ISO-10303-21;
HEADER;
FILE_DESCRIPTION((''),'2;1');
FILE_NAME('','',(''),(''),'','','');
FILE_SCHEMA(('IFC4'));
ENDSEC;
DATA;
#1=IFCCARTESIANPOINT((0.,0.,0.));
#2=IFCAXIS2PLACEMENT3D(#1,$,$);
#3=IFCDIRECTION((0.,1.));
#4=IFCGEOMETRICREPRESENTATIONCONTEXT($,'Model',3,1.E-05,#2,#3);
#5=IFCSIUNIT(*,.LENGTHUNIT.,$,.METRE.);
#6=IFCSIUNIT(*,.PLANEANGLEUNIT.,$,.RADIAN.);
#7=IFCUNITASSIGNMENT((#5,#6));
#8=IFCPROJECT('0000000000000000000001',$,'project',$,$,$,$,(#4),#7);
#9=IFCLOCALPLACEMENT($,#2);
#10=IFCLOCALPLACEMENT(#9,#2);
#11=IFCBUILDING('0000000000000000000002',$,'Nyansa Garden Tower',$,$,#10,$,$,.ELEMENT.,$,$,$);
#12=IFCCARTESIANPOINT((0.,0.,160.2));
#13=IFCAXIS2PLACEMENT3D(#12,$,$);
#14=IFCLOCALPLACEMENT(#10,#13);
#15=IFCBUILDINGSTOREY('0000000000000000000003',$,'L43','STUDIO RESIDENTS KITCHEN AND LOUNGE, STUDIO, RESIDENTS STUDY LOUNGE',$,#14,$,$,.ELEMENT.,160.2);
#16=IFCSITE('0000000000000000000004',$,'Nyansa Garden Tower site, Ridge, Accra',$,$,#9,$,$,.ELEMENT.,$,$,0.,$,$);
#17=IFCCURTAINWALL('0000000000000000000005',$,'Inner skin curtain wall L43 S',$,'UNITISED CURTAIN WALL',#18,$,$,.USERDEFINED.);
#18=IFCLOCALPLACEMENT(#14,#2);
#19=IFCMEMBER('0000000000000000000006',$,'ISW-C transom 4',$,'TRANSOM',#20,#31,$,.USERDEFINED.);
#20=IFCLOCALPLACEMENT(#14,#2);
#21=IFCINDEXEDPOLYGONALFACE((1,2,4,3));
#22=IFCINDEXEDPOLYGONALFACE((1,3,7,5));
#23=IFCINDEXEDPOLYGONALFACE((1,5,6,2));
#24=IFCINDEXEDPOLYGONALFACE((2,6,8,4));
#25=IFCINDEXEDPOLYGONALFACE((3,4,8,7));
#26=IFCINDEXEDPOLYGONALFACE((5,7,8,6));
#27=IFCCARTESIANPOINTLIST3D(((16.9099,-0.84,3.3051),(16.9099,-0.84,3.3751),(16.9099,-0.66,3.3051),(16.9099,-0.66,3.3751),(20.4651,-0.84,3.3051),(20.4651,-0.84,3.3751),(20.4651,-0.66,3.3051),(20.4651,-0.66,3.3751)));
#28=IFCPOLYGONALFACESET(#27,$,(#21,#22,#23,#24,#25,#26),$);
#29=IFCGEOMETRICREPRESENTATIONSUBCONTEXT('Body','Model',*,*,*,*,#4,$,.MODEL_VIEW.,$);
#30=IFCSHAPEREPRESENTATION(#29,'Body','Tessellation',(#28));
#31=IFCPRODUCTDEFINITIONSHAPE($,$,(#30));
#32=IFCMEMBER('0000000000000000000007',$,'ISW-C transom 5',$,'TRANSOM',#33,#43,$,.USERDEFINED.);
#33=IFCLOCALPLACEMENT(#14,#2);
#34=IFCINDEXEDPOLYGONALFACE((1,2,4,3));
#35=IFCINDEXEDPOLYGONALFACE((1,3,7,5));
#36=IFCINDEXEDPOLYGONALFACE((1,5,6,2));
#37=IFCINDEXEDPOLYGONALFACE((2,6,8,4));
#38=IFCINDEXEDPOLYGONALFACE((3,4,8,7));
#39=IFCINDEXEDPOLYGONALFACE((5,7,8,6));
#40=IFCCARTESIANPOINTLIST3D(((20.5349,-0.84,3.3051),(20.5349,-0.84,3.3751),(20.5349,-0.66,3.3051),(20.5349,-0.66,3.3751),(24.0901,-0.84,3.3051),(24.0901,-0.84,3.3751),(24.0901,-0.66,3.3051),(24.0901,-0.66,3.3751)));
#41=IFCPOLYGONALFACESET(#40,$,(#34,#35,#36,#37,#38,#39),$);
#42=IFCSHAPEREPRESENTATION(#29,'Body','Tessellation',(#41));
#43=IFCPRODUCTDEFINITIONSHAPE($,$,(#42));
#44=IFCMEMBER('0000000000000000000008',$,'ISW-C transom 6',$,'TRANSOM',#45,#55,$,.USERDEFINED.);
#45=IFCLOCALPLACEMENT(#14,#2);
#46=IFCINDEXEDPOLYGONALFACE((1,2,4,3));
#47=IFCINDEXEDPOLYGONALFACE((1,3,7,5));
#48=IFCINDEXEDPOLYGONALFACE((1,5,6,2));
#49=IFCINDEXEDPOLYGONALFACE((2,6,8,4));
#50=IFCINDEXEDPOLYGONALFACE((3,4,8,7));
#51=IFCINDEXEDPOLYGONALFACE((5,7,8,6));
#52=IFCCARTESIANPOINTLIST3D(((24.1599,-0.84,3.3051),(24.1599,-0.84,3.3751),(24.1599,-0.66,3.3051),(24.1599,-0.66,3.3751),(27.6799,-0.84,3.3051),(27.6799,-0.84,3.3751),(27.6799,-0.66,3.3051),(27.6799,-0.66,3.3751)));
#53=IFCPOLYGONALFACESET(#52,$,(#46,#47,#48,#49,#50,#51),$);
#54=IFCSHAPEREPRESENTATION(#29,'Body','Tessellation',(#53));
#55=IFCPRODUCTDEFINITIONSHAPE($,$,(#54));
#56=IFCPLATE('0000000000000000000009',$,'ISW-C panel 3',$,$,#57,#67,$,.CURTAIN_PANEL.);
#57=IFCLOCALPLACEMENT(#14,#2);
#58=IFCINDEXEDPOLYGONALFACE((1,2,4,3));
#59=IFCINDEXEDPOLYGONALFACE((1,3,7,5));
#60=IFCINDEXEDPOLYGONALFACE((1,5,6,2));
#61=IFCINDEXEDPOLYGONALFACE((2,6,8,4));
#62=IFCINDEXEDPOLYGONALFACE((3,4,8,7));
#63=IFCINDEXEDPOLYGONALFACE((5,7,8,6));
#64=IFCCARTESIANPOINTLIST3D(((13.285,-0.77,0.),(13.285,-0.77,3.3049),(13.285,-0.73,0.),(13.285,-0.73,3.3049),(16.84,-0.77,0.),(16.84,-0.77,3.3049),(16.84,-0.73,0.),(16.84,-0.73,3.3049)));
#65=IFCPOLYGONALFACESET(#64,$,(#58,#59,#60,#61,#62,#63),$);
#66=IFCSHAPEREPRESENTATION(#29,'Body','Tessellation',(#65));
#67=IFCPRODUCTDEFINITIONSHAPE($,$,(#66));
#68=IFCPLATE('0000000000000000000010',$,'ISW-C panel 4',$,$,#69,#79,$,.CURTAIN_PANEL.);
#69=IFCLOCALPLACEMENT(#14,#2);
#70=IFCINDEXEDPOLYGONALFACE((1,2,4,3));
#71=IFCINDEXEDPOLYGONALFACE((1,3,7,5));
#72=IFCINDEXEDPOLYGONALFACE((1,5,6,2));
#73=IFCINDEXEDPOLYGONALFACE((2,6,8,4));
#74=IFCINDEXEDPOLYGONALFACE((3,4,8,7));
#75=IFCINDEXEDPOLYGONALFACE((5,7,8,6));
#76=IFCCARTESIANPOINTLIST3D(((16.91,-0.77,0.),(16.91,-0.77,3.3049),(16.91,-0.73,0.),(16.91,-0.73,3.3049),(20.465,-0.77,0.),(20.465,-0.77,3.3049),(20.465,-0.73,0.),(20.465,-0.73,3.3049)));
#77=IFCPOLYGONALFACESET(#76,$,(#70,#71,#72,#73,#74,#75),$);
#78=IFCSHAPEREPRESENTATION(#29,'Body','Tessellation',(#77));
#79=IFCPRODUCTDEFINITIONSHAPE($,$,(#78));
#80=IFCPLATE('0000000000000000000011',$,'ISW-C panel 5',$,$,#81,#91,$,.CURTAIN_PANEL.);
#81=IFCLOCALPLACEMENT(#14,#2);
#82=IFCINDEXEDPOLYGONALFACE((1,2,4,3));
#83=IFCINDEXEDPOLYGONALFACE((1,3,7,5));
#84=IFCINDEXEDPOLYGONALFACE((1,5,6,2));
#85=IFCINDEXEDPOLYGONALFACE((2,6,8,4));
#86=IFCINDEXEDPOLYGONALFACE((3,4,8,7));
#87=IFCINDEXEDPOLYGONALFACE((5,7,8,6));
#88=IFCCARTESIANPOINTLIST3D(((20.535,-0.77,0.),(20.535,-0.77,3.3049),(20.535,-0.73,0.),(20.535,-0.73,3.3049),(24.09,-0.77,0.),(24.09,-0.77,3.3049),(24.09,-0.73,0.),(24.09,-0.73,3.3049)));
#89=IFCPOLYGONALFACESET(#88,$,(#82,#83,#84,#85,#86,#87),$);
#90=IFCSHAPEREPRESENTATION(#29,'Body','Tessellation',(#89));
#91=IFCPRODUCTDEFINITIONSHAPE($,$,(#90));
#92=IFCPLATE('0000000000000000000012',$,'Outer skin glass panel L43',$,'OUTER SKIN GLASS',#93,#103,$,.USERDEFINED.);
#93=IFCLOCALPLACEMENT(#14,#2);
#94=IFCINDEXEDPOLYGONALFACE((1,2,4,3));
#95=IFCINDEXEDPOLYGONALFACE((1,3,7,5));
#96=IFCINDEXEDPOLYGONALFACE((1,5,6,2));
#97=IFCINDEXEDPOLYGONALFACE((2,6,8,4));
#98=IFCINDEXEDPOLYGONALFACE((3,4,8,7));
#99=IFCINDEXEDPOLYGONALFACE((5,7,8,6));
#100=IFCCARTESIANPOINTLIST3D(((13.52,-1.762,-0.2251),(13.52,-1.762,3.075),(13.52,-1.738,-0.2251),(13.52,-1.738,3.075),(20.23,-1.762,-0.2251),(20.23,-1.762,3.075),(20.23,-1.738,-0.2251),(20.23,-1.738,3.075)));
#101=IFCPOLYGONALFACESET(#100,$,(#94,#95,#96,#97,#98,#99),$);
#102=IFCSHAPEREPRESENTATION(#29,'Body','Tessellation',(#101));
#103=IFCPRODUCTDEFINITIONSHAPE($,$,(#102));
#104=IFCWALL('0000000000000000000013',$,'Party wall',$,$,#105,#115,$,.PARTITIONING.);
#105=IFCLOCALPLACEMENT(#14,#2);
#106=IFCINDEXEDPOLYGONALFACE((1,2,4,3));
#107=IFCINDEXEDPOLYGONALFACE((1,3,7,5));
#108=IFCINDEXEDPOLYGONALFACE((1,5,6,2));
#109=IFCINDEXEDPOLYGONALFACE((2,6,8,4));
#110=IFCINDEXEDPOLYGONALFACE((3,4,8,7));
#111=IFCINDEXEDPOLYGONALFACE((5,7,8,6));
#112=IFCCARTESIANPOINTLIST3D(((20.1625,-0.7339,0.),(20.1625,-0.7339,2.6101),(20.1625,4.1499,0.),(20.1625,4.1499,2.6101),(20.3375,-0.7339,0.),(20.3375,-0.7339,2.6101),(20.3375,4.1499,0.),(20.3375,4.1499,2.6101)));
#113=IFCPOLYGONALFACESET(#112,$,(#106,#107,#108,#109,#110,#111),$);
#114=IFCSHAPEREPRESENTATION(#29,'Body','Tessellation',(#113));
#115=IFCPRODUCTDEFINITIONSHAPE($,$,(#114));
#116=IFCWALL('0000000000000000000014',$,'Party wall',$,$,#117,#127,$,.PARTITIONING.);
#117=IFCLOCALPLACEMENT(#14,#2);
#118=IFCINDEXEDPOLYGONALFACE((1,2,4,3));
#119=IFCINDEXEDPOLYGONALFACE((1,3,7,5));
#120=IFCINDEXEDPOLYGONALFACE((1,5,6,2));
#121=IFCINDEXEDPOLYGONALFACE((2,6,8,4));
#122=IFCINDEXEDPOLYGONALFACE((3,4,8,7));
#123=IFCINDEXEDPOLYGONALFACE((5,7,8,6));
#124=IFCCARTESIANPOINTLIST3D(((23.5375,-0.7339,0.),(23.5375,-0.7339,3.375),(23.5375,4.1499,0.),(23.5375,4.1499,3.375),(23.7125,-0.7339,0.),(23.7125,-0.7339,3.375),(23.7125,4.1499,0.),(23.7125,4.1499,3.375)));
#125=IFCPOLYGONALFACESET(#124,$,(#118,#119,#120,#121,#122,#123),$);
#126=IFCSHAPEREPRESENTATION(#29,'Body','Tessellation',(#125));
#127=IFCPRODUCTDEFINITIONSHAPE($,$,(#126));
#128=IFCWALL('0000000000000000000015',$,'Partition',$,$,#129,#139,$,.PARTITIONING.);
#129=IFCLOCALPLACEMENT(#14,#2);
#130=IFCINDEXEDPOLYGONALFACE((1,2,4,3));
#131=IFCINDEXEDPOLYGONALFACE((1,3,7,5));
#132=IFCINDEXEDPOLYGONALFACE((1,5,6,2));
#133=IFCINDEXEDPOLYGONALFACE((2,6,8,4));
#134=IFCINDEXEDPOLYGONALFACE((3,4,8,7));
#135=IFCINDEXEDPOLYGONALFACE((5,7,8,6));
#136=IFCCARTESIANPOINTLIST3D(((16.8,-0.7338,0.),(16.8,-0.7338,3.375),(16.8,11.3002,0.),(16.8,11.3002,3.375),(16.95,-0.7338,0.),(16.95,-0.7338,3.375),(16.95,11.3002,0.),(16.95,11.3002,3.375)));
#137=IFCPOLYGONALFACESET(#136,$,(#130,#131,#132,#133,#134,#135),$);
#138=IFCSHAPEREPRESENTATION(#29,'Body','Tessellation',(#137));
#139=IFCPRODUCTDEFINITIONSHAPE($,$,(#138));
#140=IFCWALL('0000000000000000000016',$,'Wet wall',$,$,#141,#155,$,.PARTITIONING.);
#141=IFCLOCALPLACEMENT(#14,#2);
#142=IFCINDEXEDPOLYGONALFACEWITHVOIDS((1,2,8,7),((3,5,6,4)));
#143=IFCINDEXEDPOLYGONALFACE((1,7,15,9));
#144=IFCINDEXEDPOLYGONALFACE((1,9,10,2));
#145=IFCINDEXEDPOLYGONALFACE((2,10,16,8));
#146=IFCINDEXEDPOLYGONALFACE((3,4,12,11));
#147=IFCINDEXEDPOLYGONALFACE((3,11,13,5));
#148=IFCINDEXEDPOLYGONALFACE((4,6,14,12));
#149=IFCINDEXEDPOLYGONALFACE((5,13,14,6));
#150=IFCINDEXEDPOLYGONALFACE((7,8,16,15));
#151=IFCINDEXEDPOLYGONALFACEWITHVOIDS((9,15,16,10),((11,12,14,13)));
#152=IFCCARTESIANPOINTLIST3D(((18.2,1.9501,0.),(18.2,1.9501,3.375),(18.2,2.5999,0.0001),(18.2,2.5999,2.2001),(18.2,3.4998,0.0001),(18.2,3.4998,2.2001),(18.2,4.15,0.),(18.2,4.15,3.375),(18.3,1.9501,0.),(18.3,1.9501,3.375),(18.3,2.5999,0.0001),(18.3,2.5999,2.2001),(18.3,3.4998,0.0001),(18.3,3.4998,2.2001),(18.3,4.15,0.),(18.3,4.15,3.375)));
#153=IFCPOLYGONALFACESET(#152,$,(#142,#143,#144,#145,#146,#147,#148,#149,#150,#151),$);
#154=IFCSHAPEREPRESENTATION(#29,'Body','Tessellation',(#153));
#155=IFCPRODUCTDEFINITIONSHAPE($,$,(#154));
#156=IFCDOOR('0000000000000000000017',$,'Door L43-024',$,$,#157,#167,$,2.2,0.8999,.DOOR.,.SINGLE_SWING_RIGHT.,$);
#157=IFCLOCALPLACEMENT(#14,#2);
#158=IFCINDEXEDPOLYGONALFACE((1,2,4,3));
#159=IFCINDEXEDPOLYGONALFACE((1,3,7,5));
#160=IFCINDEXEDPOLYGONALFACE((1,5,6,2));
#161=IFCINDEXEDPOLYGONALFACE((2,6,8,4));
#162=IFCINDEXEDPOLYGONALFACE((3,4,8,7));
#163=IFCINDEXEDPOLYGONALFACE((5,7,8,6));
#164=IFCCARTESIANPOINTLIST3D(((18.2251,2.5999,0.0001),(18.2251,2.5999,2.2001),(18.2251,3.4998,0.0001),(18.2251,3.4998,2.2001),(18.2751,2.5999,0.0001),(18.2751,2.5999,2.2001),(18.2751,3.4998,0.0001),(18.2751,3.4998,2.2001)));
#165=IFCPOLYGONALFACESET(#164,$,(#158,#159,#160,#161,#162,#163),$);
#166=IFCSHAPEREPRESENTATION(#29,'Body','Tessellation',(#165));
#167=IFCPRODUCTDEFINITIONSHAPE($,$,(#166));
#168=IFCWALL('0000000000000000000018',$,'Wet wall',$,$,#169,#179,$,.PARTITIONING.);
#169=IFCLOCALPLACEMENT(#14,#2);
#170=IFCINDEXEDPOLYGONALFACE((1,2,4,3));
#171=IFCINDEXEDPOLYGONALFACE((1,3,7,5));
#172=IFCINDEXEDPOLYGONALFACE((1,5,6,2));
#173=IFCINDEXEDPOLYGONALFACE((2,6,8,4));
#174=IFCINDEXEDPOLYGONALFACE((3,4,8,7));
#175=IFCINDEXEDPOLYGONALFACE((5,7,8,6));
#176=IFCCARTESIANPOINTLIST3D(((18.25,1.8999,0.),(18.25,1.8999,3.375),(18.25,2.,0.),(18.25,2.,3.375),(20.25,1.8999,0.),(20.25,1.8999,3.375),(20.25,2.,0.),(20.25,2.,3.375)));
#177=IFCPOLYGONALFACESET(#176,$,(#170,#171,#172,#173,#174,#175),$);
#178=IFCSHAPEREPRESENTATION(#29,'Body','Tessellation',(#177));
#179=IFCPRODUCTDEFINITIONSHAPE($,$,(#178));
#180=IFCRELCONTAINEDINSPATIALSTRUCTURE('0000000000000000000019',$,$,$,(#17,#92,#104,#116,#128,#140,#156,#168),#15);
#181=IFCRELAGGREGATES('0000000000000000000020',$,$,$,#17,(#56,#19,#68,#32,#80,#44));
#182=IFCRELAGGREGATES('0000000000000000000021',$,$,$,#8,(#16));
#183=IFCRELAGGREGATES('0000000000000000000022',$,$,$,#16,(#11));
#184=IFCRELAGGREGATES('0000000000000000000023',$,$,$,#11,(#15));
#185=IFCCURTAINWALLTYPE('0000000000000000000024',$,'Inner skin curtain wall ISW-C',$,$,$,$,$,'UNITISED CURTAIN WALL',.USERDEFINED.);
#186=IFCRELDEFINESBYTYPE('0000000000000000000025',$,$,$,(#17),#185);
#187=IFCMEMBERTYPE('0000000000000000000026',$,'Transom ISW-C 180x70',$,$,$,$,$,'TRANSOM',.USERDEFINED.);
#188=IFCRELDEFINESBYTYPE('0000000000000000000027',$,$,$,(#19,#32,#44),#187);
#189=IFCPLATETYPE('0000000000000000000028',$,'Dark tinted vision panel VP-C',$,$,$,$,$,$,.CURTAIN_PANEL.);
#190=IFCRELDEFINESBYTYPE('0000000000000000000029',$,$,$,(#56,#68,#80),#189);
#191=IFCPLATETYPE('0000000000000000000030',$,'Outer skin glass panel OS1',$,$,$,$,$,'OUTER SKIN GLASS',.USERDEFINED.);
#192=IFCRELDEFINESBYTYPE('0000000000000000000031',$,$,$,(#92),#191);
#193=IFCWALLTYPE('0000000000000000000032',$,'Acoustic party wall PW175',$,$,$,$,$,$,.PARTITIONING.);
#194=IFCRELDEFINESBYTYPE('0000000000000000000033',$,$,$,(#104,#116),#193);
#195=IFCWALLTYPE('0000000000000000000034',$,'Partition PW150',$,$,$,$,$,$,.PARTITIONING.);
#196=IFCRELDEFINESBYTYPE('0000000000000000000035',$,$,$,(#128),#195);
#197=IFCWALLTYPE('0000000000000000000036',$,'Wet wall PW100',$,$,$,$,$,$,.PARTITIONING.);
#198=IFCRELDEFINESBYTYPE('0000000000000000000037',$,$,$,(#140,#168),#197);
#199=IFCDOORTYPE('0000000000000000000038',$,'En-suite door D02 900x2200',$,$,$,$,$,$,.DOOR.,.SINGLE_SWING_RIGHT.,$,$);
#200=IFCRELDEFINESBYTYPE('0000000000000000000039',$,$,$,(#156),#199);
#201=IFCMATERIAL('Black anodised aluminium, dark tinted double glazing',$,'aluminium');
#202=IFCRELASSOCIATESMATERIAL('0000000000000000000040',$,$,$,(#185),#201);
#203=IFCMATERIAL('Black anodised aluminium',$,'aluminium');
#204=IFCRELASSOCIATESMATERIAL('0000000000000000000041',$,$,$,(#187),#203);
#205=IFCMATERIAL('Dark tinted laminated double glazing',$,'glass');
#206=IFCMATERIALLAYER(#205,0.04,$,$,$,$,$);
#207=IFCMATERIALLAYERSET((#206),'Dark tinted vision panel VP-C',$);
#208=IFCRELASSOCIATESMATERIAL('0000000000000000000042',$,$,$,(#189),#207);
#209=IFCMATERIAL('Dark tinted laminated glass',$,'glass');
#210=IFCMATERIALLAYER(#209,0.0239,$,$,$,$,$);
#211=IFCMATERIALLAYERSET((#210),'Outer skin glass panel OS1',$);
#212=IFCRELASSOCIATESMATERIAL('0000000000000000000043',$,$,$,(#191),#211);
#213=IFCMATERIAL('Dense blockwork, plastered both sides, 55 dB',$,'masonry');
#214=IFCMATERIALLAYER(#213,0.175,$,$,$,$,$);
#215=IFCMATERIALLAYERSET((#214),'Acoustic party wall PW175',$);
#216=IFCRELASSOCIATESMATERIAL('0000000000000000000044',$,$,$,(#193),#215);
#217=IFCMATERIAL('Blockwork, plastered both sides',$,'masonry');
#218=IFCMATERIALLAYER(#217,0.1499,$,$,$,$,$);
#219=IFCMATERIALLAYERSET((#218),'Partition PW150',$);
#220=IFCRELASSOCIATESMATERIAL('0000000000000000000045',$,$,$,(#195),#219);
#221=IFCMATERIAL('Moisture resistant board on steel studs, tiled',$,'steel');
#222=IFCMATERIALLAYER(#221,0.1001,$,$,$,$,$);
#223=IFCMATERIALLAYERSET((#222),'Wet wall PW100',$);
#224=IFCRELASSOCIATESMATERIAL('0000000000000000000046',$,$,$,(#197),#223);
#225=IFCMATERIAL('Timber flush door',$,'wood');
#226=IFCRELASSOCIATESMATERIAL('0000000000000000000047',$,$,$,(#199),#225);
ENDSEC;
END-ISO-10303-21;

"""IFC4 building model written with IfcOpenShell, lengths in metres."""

from ifc_helpers import new_model, si_unit, direction, frame, frame_2d, origin, origin_2d, place, context, subcontext, project, spatial, rectangle, extrude, material, layer, layer_set, material_profile, profile_set, type_object, element, fill, aggregate, save


model = new_model("IFC4")

# Units and contexts
model_context = context("Model", 3, precision=1e-05, world=origin(), true_north=direction((0.0, 1.0)))
body_context = subcontext(model_context, "Body", "Model", "MODEL_VIEW")
ifc_project = project(units=[si_unit("LENGTHUNIT", "METRE"), si_unit("PLANEANGLEUNIT", "RADIAN")], contexts=[model_context])

# Site, building, storey
site_placement = place(None, origin())
site = spatial("IfcSite", under=ifc_project, at=site_placement, Name="Nyansa Garden Tower site, Ridge, Accra", CompositionType="ELEMENT", RefElevation=0.0)
building_placement = place(site_placement, origin())
building = spatial("IfcBuilding", under=site, at=building_placement, Name="Nyansa Garden Tower", CompositionType="ELEMENT")
storey_placement = place(building_placement, frame((0.0, 0.0, 160.2)))
storey = spatial("IfcBuildingStorey", under=building, at=storey_placement, Name="L43", Description="STUDIO RESIDENTS KITCHEN AND LOUNGE, STUDIO, RESIDENTS STUDY LOUNGE", CompositionType="ELEMENT", Elevation=160.2)

# Curtain wall
ifc_material_1 = material(Name="Black anodised aluminium, dark tinted double glazing", Category="aluminium")
curtain_wall_type = type_object("IfcCurtainWallType", Name="Inner skin curtain wall ISW-C", ElementType="UNITISED CURTAIN WALL", PredefinedType="USERDEFINED", material=ifc_material_1)
curtain_wall_placement = place(storey_placement, origin())
curtain_wall = element("IfcCurtainWall", 1, at=curtain_wall_placement, inside=storey, type_object=curtain_wall_type, Name="Inner skin curtain wall L43 S", ObjectType="UNITISED CURTAIN WALL", PredefinedType="USERDEFINED")

# Members
ifc_material_2 = material(Name="Black anodised aluminium", Category="aluminium")
ifc_material_profile_1 = material_profile(ifc_material_2, rectangle(XDim=0.1799, YDim=0.0701, at=origin_2d()), Name="Transom 180x70")
ifc_profile_set_1 = profile_set([ifc_material_profile_1], Name="Black anodised aluminium")
member_type_1 = type_object("IfcMemberType", Name="Transom ISW-C 180x70", ElementType="TRANSOM", PredefinedType="USERDEFINED", material=ifc_profile_set_1)
member_1_placement = place(storey_placement, frame((16.9099, -0.75, 3.3401), z_axis=(1.0, 0.0, 0.0), x_axis=(0.0, 1.0, 0.0)))
member_1 = element("IfcMember", 2, at=member_1_placement, type_object=member_type_1, Name="ISW-C transom 4", ObjectType="TRANSOM", PredefinedType="USERDEFINED", context=body_context, shape_type="SweptSolid", body=[
    extrude(rectangle(XDim=0.1799, YDim=0.0701, at=origin_2d()), origin(), (0.0, 0.0, 1.0), 3.5552),
])
member_2_placement = place(storey_placement, frame((20.5349, -0.75, 3.3401), z_axis=(1.0, 0.0, 0.0), x_axis=(0.0, 1.0, 0.0)))
member_2 = element("IfcMember", 3, at=member_2_placement, type_object=member_type_1, Name="ISW-C transom 5", ObjectType="TRANSOM", PredefinedType="USERDEFINED", context=body_context, shape_type="SweptSolid", body=[
    extrude(rectangle(XDim=0.1799, YDim=0.0701, at=origin_2d()), origin(), (0.0, 0.0, 1.0), 3.5552),
])
member_3_placement = place(storey_placement, frame((24.1599, -0.75, 3.3401), z_axis=(1.0, 0.0, 0.0), x_axis=(0.0, 1.0, 0.0)))
member_3 = element("IfcMember", 4, at=member_3_placement, type_object=member_type_1, Name="ISW-C transom 6", ObjectType="TRANSOM", PredefinedType="USERDEFINED", context=body_context, shape_type="SweptSolid", body=[
    extrude(rectangle(XDim=0.1799, YDim=0.0701, at=origin_2d()), origin(), (0.0, 0.0, 1.0), 3.52),
])

# Plates
ifc_material_3 = material(Name="Dark tinted laminated double glazing", Category="glass")
ifc_layer_1 = layer(ifc_material_3, 0.04)
ifc_layer_set_1 = layer_set([ifc_layer_1], Name="Dark tinted vision panel VP-C")
plate_type_1 = type_object("IfcPlateType", Name="Dark tinted vision panel VP-C", PredefinedType="CURTAIN_PANEL", material=ifc_layer_set_1)
plate_1_placement = place(storey_placement, frame((15.0625, -0.75, 0.0), z_axis=(0.0, 0.0, 1.0), x_axis=(1.0, 0.0, 0.0)))
plate_1 = element("IfcPlate", 5, at=plate_1_placement, type_object=plate_type_1, Name="ISW-C panel 3", PredefinedType="CURTAIN_PANEL", context=body_context, shape_type="SweptSolid", body=[
    extrude(rectangle(XDim=3.5549, YDim=0.04, at=origin_2d()), origin(), (0.0, 0.0, 1.0), 3.3049),
])
plate_2_placement = place(storey_placement, frame((18.6875, -0.75, 0.0), z_axis=(0.0, 0.0, 1.0), x_axis=(1.0, 0.0, 0.0)))
plate_2 = element("IfcPlate", 6, at=plate_2_placement, type_object=plate_type_1, Name="ISW-C panel 4", PredefinedType="CURTAIN_PANEL", context=body_context, shape_type="SweptSolid", body=[
    extrude(rectangle(XDim=3.5549, YDim=0.04, at=origin_2d()), origin(), (0.0, 0.0, 1.0), 3.3049),
])
plate_3_placement = place(storey_placement, frame((22.3125, -0.75, 0.0), z_axis=(0.0, 0.0, 1.0), x_axis=(1.0, 0.0, 0.0)))
plate_3 = element("IfcPlate", 7, at=plate_3_placement, type_object=plate_type_1, Name="ISW-C panel 5", PredefinedType="CURTAIN_PANEL", context=body_context, shape_type="SweptSolid", body=[
    extrude(rectangle(XDim=3.5549, YDim=0.04, at=origin_2d()), origin(), (0.0, 0.0, 1.0), 3.3049),
])
aggregate(curtain_wall, [plate_1, member_1, plate_2, member_2, plate_3, member_3])
ifc_material_4 = material(Name="Dark tinted laminated glass", Category="glass")
ifc_layer_2 = layer(ifc_material_4, 0.0239)
ifc_layer_set_2 = layer_set([ifc_layer_2], Name="Outer skin glass panel OS1")
plate_type_2 = type_object("IfcPlateType", Name="Outer skin glass panel OS1", ElementType="OUTER SKIN GLASS", PredefinedType="USERDEFINED", material=ifc_layer_set_2)
plate_4_placement = place(storey_placement, frame((16.875, -1.75, -0.2251), z_axis=(0.0, 0.0, 1.0), x_axis=(1.0, 0.0, 0.0)))
element("IfcPlate", 8, at=plate_4_placement, inside=storey, type_object=plate_type_2, Name="Outer skin glass panel L43", ObjectType="OUTER SKIN GLASS", PredefinedType="USERDEFINED", context=body_context, shape_type="SweptSolid", body=[
    extrude(rectangle(XDim=6.71, YDim=0.0239, at=origin_2d()), origin(), (0.0, 0.0, 1.0), 3.3),
])

# Walls
ifc_material_5 = material(Name="Dense blockwork, plastered both sides, 55 dB", Category="masonry")
ifc_layer_3 = layer(ifc_material_5, 0.175)
ifc_layer_set_3 = layer_set([ifc_layer_3], Name="Acoustic party wall PW175")
wall_type_1 = type_object("IfcWallType", Name="Acoustic party wall PW175", PredefinedType="PARTITIONING", material=ifc_layer_set_3)
wall_1_placement = place(storey_placement, frame((20.25, -0.7339, 0.0), z_axis=(0.0, 0.0, 1.0), x_axis=(0.0, 1.0, 0.0)))
element("IfcWall", 9, at=wall_1_placement, inside=storey, type_object=wall_type_1, Name="Party wall", PredefinedType="PARTITIONING", context=body_context, shape_type="SweptSolid", body=[
    extrude(rectangle(XDim=4.8838, YDim=0.175, at=frame_2d((2.4419, 0.0))), origin(), (0.0, 0.0, 1.0), 2.6101),
])
wall_2_placement = place(storey_placement, frame((23.625, -0.7339, 0.0), z_axis=(0.0, 0.0, 1.0), x_axis=(0.0, 1.0, 0.0)))
element("IfcWall", 10, at=wall_2_placement, inside=storey, type_object=wall_type_1, Name="Party wall", PredefinedType="PARTITIONING", context=body_context, shape_type="SweptSolid", body=[
    extrude(rectangle(XDim=4.8838, YDim=0.175, at=frame_2d((2.4419, 0.0))), origin(), (0.0, 0.0, 1.0), 3.375),
])
ifc_material_6 = material(Name="Blockwork, plastered both sides", Category="masonry")
ifc_layer_4 = layer(ifc_material_6, 0.1499)
ifc_layer_set_4 = layer_set([ifc_layer_4], Name="Partition PW150")
wall_type_2 = type_object("IfcWallType", Name="Partition PW150", PredefinedType="PARTITIONING", material=ifc_layer_set_4)
wall_3_placement = place(storey_placement, frame((16.875, -0.7339, 0.0), z_axis=(0.0, 0.0, 1.0), x_axis=(0.0, 1.0, 0.0)))
element("IfcWall", 11, at=wall_3_placement, inside=storey, type_object=wall_type_2, Name="Partition", PredefinedType="PARTITIONING", context=body_context, shape_type="SweptSolid", body=[
    extrude(rectangle(XDim=12.0339, YDim=0.1499, at=frame_2d((6.0171, 0.0))), origin(), (0.0, 0.0, 1.0), 3.375),
])

# Wall, opening, door
ifc_material_7 = material(Name="Moisture resistant board on steel studs, tiled", Category="steel")
ifc_layer_5 = layer(ifc_material_7, 0.1001)
ifc_layer_set_5 = layer_set([ifc_layer_5], Name="Wet wall PW100")
wall_type_3 = type_object("IfcWallType", Name="Wet wall PW100", PredefinedType="PARTITIONING", material=ifc_layer_set_5)
wall_4_placement = place(storey_placement, frame((18.25, 1.95, 0.0), z_axis=(0.0, 0.0, 1.0), x_axis=(0.0, 1.0, 0.0)))
wall_4 = element("IfcWall", 12, at=wall_4_placement, inside=storey, type_object=wall_type_3, Name="Wet wall", PredefinedType="PARTITIONING", context=body_context, shape_type="SweptSolid", body=[
    extrude(rectangle(XDim=2.2, YDim=0.1001, at=frame_2d((1.1001, 0.0))), origin(), (0.0, 0.0, 1.0), 3.375),
])
opening_placement = place(wall_4_placement, frame((0.6499, 0.0, 0.0)))
opening = element("IfcOpeningElement", 13, at=opening_placement, cuts=wall_4, PredefinedType="OPENING", context=body_context, shape_type="SweptSolid", body=[
    extrude(rectangle(XDim=0.8999, YDim=2.2, at=frame_2d((0.45, 1.1001))), frame((0.0, 0.0601, 0.0), z_axis=(0.0, -1.0, 0.0), x_axis=(1.0, 0.0, 0.0)), (0.0, 0.0, 1.0), 0.1201),
])
ifc_material_8 = material(Name="Timber flush door", Category="wood")
door_type = type_object("IfcDoorType", Name="En-suite door D02 900x2200", OperationType="SINGLE_SWING_RIGHT", PredefinedType="DOOR", material=ifc_material_8)
door_placement = place(opening_placement, origin())
door = element("IfcDoor", 14, at=door_placement, inside=storey, type_object=door_type, Name="Door L43-024", OperationType="SINGLE_SWING_RIGHT", OverallHeight=2.2, OverallWidth=0.8999, PredefinedType="DOOR", context=body_context, shape_type="SweptSolid", body=[
    extrude(rectangle(XDim=0.8999, YDim=2.2, at=frame_2d((0.45, 1.1001))), frame((0.0, 0.0249, 0.0), z_axis=(0.0, -1.0, 0.0), x_axis=(1.0, 0.0, 0.0)), (0.0, 0.0, 1.0), 0.05),
])
fill(opening, door)

# Wall
wall_5_placement = place(storey_placement, frame((18.25, 1.95, 0.0), z_axis=(0.0, 0.0, 1.0), x_axis=(1.0, 0.0, 0.0)))
element("IfcWall", 15, at=wall_5_placement, inside=storey, type_object=wall_type_3, Name="Wet wall", PredefinedType="PARTITIONING", context=body_context, shape_type="SweptSolid", body=[
    extrude(rectangle(XDim=2.0, YDim=0.1001, at=frame_2d((1.0, 0.0))), origin(), (0.0, 0.0, 1.0), 3.375),
])

save(model, "model.ifc")
